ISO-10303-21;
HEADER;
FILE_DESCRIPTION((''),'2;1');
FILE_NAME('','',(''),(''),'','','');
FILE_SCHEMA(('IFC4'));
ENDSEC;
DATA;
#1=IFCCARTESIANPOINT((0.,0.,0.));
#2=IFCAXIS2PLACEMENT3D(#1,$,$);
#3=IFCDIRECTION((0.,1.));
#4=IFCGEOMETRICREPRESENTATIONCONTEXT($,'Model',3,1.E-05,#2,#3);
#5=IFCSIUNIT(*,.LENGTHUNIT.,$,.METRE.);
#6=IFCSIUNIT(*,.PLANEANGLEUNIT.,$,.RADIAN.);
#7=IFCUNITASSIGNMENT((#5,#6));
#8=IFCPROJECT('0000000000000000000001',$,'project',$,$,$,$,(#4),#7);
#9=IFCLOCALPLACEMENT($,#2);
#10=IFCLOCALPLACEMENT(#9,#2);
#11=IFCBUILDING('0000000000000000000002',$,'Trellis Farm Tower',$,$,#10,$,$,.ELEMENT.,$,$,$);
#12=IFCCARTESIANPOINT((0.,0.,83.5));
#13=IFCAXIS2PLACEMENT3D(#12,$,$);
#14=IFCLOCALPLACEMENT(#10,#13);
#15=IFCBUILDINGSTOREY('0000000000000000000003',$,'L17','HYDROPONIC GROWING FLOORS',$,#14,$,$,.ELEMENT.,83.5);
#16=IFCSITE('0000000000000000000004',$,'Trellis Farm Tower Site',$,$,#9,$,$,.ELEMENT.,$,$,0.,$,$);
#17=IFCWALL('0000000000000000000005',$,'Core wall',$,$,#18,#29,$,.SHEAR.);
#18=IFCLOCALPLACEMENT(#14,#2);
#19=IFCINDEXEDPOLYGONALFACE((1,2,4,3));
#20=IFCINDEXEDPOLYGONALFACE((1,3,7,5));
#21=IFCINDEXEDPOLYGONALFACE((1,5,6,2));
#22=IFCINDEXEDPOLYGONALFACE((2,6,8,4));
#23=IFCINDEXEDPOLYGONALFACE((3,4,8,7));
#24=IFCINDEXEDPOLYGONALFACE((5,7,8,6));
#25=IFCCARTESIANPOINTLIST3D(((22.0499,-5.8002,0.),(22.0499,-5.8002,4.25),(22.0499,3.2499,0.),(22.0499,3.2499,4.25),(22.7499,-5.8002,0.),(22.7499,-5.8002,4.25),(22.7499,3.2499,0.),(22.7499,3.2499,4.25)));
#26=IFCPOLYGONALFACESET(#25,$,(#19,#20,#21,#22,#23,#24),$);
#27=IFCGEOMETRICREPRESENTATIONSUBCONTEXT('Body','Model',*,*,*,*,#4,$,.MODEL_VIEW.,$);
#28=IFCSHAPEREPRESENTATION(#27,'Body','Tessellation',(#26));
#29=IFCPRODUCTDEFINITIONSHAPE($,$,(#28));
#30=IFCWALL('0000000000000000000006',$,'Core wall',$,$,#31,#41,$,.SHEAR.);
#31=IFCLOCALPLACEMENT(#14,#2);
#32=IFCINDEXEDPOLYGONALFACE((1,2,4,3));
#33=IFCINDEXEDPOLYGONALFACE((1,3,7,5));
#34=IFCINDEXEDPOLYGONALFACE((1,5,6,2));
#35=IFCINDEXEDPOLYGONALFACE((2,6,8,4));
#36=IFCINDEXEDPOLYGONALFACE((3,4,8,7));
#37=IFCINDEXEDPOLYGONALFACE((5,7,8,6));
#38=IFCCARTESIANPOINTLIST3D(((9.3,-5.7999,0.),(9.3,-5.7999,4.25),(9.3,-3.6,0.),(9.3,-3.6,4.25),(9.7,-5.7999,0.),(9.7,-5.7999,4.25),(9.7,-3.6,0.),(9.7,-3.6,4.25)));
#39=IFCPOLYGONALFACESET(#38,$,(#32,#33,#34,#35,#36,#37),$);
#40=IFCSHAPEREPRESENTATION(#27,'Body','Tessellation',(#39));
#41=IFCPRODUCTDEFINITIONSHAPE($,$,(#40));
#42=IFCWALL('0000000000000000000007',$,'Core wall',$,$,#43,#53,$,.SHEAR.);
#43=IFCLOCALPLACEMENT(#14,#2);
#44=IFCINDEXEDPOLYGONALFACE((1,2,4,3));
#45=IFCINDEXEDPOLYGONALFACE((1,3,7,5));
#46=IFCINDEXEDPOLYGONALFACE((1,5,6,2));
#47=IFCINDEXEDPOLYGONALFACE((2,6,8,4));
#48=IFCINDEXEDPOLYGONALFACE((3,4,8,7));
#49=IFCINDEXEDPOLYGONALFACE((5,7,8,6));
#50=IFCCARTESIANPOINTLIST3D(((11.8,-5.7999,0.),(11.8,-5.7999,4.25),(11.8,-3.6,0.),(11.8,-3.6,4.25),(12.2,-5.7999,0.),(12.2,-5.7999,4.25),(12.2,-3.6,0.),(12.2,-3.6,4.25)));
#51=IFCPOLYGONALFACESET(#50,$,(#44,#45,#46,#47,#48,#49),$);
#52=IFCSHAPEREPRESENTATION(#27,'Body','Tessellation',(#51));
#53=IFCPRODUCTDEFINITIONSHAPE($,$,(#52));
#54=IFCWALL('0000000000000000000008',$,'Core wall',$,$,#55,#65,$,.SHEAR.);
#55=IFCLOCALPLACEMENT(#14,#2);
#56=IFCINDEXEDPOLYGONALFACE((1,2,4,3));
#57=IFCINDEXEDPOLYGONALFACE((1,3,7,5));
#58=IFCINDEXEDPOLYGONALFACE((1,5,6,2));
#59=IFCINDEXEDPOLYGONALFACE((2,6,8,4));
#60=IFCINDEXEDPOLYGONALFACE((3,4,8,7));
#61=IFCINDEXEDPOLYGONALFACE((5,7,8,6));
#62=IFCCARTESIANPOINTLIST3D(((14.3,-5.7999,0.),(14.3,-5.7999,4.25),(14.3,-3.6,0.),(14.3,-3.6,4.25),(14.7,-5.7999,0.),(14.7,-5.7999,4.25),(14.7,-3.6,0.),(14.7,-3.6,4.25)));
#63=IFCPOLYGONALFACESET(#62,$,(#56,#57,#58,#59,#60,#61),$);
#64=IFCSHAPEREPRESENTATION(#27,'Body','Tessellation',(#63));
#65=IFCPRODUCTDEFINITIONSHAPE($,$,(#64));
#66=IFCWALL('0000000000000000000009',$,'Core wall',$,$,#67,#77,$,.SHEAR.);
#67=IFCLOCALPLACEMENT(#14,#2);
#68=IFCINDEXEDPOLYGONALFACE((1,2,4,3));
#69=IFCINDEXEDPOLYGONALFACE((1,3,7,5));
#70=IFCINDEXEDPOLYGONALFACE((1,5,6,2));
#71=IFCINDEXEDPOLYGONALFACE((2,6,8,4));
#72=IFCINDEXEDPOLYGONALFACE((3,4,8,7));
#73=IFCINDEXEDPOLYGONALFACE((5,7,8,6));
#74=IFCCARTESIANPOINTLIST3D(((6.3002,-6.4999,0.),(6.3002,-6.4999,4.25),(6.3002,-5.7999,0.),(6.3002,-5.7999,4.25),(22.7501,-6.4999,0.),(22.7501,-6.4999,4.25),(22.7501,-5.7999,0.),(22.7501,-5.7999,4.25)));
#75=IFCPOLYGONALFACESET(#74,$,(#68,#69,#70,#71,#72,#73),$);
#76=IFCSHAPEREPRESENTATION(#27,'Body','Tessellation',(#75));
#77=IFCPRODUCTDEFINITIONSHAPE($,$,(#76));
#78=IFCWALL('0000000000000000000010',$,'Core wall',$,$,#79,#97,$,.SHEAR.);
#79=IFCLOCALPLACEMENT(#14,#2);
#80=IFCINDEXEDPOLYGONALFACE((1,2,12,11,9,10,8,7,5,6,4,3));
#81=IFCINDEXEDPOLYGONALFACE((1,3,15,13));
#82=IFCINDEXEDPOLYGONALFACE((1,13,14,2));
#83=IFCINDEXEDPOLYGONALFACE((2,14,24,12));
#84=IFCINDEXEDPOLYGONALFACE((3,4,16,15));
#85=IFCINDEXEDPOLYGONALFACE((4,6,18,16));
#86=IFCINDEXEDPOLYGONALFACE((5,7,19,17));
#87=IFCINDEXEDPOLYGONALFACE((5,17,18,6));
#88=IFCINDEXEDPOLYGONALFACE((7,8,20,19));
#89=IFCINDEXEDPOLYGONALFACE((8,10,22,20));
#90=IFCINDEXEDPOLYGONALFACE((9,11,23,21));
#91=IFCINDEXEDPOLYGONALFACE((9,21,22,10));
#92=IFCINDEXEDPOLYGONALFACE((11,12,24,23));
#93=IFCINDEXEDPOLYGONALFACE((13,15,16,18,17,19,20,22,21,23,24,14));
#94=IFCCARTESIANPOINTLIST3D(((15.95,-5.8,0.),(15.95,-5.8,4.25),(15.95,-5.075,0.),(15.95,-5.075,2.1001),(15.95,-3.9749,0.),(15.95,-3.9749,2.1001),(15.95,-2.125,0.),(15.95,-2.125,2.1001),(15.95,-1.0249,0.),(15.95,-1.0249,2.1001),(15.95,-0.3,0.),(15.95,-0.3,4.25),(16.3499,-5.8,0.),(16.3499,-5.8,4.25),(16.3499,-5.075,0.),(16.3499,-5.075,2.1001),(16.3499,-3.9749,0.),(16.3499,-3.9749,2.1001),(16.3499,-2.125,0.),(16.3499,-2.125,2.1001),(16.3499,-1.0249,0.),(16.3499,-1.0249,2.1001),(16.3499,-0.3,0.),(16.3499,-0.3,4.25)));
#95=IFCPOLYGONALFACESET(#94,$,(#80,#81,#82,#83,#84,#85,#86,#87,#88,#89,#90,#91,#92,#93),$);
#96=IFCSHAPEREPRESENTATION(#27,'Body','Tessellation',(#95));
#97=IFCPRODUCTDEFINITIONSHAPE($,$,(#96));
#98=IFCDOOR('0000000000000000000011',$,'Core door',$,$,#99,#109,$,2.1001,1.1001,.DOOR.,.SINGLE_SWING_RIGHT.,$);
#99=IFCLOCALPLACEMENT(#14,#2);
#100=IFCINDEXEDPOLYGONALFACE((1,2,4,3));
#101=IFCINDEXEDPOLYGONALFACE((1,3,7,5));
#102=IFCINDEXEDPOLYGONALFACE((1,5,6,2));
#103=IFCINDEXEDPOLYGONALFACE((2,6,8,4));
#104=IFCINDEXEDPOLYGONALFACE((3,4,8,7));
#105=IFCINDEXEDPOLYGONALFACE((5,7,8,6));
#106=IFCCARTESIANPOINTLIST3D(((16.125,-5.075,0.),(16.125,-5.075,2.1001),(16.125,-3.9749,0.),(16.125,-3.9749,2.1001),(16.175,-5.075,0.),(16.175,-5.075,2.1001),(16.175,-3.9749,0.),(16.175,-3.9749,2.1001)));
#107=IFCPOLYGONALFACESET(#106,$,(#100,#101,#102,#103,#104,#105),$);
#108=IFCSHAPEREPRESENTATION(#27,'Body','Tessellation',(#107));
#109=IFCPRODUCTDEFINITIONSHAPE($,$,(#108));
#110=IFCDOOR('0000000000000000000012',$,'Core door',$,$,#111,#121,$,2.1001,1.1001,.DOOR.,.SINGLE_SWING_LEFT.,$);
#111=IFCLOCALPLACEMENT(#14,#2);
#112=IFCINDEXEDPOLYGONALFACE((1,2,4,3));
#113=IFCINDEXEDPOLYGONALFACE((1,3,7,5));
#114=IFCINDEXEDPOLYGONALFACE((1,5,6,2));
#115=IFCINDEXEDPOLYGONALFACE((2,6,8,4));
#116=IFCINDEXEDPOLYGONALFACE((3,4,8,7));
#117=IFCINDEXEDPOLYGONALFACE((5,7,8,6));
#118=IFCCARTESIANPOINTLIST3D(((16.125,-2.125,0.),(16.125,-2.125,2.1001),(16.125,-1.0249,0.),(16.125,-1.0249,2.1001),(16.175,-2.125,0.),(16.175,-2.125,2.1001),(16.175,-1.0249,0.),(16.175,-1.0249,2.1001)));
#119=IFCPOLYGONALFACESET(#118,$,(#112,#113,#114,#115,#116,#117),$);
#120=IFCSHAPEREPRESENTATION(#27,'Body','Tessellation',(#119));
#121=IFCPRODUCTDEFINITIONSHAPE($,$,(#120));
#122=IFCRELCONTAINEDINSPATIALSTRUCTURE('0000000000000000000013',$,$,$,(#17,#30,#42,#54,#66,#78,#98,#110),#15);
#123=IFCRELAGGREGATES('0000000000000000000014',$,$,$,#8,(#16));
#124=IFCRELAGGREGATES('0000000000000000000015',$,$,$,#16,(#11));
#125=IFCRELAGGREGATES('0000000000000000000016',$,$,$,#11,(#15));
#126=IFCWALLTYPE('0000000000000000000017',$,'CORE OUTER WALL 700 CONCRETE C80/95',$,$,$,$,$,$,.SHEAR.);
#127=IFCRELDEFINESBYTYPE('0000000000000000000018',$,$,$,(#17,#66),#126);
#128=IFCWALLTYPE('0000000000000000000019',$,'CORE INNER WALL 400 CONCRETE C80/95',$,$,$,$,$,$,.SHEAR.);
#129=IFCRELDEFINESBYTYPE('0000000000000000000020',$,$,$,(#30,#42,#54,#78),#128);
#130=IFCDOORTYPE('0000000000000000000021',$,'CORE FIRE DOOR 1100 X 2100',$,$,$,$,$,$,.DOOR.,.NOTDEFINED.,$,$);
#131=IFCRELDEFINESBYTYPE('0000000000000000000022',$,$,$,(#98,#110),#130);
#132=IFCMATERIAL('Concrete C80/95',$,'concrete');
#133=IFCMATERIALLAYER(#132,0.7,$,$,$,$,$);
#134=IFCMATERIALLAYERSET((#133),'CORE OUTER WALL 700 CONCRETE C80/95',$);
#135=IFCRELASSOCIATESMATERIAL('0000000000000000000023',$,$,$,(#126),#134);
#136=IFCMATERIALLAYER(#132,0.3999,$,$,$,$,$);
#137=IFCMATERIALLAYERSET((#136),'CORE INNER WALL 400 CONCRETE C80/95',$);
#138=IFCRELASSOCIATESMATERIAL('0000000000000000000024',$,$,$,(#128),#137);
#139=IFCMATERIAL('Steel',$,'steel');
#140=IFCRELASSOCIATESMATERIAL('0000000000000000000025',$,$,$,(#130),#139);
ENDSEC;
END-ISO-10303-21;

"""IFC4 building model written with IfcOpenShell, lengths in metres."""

from ifc_helpers import new_model, si_unit, direction, frame, frame_2d, origin, place, context, subcontext, project, spatial, rectangle, extrude, source, transform, mapped, material, layer, layer_set, type_object, element, fill, save


model = new_model("IFC4")

# Units and contexts
model_context = context("Model", 3, precision=1e-05, world=origin(), true_north=direction((0.0, 1.0)))
body_context = subcontext(model_context, "Body", "Model", "MODEL_VIEW")
ifc_project = project(units=[si_unit("LENGTHUNIT", "METRE"), si_unit("PLANEANGLEUNIT", "RADIAN")], contexts=[model_context])

# Site, building, storey
site_placement = place(None, origin())
site = spatial("IfcSite", under=ifc_project, at=site_placement, Name="Trellis Farm Tower Site", CompositionType="ELEMENT", RefElevation=0.0)
building_placement = place(site_placement, origin())
building = spatial("IfcBuilding", under=site, at=building_placement, Name="Trellis Farm Tower", CompositionType="ELEMENT")
storey_placement = place(building_placement, frame((0.0, 0.0, 83.5)))
storey = spatial("IfcBuildingStorey", under=building, at=storey_placement, Name="L17", Description="HYDROPONIC GROWING FLOORS", CompositionType="ELEMENT", Elevation=83.5)

# Shared definitions
ifc_material_1 = material(Name="Concrete C80/95", Category="concrete")

# Shared definitions
ifc_layer_1 = layer(ifc_material_1, 0.7)
ifc_layer_set_1 = layer_set([ifc_layer_1], Name="CORE OUTER WALL 700 CONCRETE C80/95")
wall_type_1 = type_object("IfcWallType", Name="CORE OUTER WALL 700 CONCRETE C80/95", PredefinedType="SHEAR", material=ifc_layer_set_1)
shared_shape_1 = source(origin(), body_context, "Body", "SweptSolid", [
    extrude(rectangle(XDim=9.05, YDim=0.7, at=frame_2d((4.5249, 0.0))), origin(), (0.0, 0.0, 1.0), 4.25),
])
ifc_material_2 = material(Name="Steel", Category="steel")

# Walls
wall_1_placement = place(storey_placement, frame((22.3999, -5.8, 0.0), z_axis=(0.0, 0.0, 1.0), x_axis=(0.0, 1.0, 0.0)))
element("IfcWall", 1, at=wall_1_placement, inside=storey, type_object=wall_type_1, Name="Core wall", PredefinedType="SHEAR", context=body_context, shape_type="MappedRepresentation", body=[
    mapped(shared_shape_1, transform((0.0, 0.0, 0.0))),
])
ifc_layer_2 = layer(ifc_material_1, 0.3999)
ifc_layer_set_2 = layer_set([ifc_layer_2], Name="CORE INNER WALL 400 CONCRETE C80/95")
wall_type_2 = type_object("IfcWallType", Name="CORE INNER WALL 400 CONCRETE C80/95", PredefinedType="SHEAR", material=ifc_layer_set_2)
shared_shape_2 = source(origin(), body_context, "Body", "SweptSolid", [
    extrude(rectangle(XDim=2.2, YDim=0.3999, at=frame_2d((1.1001, 0.0))), origin(), (0.0, 0.0, 1.0), 4.25),
])
for number, where, z_axis, x_axis, name in (
    (2, (9.5, -5.8, 0.0), (0.0, 0.0, 1.0), (0.0, 1.0, 0.0), "Core wall"),
    (3, (12.0, -5.8, 0.0), (0.0, 0.0, 1.0), (0.0, 1.0, 0.0), "Core wall"),
    (4, (14.5, -5.8, 0.0), (0.0, 0.0, 1.0), (0.0, 1.0, 0.0), "Core wall"),
):
    element("IfcWall", number, at=place(storey_placement, frame(where, z_axis=z_axis, x_axis=x_axis)), inside=storey, type_object=wall_type_2, Name=name, PredefinedType="SHEAR", context=body_context, shape_type="MappedRepresentation", body=[
        mapped(shared_shape_2, transform((0.0, 0.0, 0.0))),
    ])
shared_shape_3 = source(origin(), body_context, "Body", "SweptSolid", [
    extrude(rectangle(XDim=16.45, YDim=0.7, at=frame_2d((8.2251, 0.0))), origin(), (0.0, 0.0, 1.0), 4.25),
])
wall_2_placement = place(storey_placement, frame((6.3, -6.1499, 0.0), z_axis=(0.0, 0.0, 1.0), x_axis=(1.0, 0.0, 0.0)))
element("IfcWall", 5, at=wall_2_placement, inside=storey, type_object=wall_type_1, Name="Core wall", PredefinedType="SHEAR", context=body_context, shape_type="MappedRepresentation", body=[
    mapped(shared_shape_3, transform((0.0, 0.0, 0.0))),
])

# Wall, openings, doors
shared_shape_4 = source(origin(), body_context, "Body", "SweptSolid", [
    extrude(rectangle(XDim=5.5, YDim=0.3999, at=frame_2d((2.75, 0.0))), origin(), (0.0, 0.0, 1.0), 4.25),
])
wall_3_placement = place(storey_placement, frame((16.1499, -5.8, 0.0), z_axis=(0.0, 0.0, 1.0), x_axis=(0.0, 1.0, 0.0)))
wall_3 = element("IfcWall", 6, at=wall_3_placement, inside=storey, type_object=wall_type_2, Name="Core wall", PredefinedType="SHEAR", context=body_context, shape_type="MappedRepresentation", body=[
    mapped(shared_shape_4, transform((0.0, 0.0, 0.0))),
])
shared_shape_5 = source(origin(), body_context, "Body", "SweptSolid", [
    extrude(rectangle(XDim=1.1001, YDim=2.1001, at=frame_2d((0.55, 1.05))), frame((0.0, 0.21, 0.0), z_axis=(0.0, -1.0, 0.0), x_axis=(1.0, 0.0, 0.0)), (0.0, 0.0, 1.0), 0.4199),
])
opening_1_placement = place(wall_3_placement, frame((0.7251, 0.0, 0.0)))
opening_1 = element("IfcOpeningElement", 7, at=opening_1_placement, cuts=wall_3, PredefinedType="OPENING", context=body_context, shape_type="MappedRepresentation", body=[
    mapped(shared_shape_5, transform((0.0, 0.0, 0.0))),
])
opening_2_placement = place(wall_3_placement, frame((3.675, 0.0, 0.0)))
opening_2 = element("IfcOpeningElement", 8, at=opening_2_placement, cuts=wall_3, PredefinedType="OPENING", context=body_context, shape_type="MappedRepresentation", body=[
    mapped(shared_shape_5, transform((0.0, 0.0, 0.0))),
])
door_type_1 = type_object("IfcDoorType", Name="CORE FIRE DOOR 1100 X 2100", OperationType="NOTDEFINED", PredefinedType="DOOR", material=ifc_material_2)
shared_shape_6 = source(origin(), body_context, "Body", "SweptSolid", [
    extrude(rectangle(XDim=1.1001, YDim=2.1001, at=frame_2d((0.55, 1.05))), frame((0.0, 0.0249, 0.0), z_axis=(0.0, -1.0, 0.0), x_axis=(1.0, 0.0, 0.0)), (0.0, 0.0, 1.0), 0.05),
])
door_1_placement = place(opening_1_placement, origin())
door_1 = element("IfcDoor", 9, at=door_1_placement, inside=storey, type_object=door_type_1, Name="Core door", OperationType="SINGLE_SWING_RIGHT", OverallHeight=2.1001, OverallWidth=1.1001, PredefinedType="DOOR", context=body_context, shape_type="MappedRepresentation", body=[
    mapped(shared_shape_6, transform((0.0, 0.0, 0.0))),
])
fill(opening_1, door_1)
door_2_placement = place(opening_2_placement, origin())
door_2 = element("IfcDoor", 10, at=door_2_placement, inside=storey, type_object=door_type_1, Name="Core door", OperationType="SINGLE_SWING_LEFT", OverallHeight=2.1001, OverallWidth=1.1001, PredefinedType="DOOR", context=body_context, shape_type="MappedRepresentation", body=[
    mapped(shared_shape_6, transform((0.0, 0.0, 0.0))),
])
fill(opening_2, door_2)

save(model, "model.ifc")
